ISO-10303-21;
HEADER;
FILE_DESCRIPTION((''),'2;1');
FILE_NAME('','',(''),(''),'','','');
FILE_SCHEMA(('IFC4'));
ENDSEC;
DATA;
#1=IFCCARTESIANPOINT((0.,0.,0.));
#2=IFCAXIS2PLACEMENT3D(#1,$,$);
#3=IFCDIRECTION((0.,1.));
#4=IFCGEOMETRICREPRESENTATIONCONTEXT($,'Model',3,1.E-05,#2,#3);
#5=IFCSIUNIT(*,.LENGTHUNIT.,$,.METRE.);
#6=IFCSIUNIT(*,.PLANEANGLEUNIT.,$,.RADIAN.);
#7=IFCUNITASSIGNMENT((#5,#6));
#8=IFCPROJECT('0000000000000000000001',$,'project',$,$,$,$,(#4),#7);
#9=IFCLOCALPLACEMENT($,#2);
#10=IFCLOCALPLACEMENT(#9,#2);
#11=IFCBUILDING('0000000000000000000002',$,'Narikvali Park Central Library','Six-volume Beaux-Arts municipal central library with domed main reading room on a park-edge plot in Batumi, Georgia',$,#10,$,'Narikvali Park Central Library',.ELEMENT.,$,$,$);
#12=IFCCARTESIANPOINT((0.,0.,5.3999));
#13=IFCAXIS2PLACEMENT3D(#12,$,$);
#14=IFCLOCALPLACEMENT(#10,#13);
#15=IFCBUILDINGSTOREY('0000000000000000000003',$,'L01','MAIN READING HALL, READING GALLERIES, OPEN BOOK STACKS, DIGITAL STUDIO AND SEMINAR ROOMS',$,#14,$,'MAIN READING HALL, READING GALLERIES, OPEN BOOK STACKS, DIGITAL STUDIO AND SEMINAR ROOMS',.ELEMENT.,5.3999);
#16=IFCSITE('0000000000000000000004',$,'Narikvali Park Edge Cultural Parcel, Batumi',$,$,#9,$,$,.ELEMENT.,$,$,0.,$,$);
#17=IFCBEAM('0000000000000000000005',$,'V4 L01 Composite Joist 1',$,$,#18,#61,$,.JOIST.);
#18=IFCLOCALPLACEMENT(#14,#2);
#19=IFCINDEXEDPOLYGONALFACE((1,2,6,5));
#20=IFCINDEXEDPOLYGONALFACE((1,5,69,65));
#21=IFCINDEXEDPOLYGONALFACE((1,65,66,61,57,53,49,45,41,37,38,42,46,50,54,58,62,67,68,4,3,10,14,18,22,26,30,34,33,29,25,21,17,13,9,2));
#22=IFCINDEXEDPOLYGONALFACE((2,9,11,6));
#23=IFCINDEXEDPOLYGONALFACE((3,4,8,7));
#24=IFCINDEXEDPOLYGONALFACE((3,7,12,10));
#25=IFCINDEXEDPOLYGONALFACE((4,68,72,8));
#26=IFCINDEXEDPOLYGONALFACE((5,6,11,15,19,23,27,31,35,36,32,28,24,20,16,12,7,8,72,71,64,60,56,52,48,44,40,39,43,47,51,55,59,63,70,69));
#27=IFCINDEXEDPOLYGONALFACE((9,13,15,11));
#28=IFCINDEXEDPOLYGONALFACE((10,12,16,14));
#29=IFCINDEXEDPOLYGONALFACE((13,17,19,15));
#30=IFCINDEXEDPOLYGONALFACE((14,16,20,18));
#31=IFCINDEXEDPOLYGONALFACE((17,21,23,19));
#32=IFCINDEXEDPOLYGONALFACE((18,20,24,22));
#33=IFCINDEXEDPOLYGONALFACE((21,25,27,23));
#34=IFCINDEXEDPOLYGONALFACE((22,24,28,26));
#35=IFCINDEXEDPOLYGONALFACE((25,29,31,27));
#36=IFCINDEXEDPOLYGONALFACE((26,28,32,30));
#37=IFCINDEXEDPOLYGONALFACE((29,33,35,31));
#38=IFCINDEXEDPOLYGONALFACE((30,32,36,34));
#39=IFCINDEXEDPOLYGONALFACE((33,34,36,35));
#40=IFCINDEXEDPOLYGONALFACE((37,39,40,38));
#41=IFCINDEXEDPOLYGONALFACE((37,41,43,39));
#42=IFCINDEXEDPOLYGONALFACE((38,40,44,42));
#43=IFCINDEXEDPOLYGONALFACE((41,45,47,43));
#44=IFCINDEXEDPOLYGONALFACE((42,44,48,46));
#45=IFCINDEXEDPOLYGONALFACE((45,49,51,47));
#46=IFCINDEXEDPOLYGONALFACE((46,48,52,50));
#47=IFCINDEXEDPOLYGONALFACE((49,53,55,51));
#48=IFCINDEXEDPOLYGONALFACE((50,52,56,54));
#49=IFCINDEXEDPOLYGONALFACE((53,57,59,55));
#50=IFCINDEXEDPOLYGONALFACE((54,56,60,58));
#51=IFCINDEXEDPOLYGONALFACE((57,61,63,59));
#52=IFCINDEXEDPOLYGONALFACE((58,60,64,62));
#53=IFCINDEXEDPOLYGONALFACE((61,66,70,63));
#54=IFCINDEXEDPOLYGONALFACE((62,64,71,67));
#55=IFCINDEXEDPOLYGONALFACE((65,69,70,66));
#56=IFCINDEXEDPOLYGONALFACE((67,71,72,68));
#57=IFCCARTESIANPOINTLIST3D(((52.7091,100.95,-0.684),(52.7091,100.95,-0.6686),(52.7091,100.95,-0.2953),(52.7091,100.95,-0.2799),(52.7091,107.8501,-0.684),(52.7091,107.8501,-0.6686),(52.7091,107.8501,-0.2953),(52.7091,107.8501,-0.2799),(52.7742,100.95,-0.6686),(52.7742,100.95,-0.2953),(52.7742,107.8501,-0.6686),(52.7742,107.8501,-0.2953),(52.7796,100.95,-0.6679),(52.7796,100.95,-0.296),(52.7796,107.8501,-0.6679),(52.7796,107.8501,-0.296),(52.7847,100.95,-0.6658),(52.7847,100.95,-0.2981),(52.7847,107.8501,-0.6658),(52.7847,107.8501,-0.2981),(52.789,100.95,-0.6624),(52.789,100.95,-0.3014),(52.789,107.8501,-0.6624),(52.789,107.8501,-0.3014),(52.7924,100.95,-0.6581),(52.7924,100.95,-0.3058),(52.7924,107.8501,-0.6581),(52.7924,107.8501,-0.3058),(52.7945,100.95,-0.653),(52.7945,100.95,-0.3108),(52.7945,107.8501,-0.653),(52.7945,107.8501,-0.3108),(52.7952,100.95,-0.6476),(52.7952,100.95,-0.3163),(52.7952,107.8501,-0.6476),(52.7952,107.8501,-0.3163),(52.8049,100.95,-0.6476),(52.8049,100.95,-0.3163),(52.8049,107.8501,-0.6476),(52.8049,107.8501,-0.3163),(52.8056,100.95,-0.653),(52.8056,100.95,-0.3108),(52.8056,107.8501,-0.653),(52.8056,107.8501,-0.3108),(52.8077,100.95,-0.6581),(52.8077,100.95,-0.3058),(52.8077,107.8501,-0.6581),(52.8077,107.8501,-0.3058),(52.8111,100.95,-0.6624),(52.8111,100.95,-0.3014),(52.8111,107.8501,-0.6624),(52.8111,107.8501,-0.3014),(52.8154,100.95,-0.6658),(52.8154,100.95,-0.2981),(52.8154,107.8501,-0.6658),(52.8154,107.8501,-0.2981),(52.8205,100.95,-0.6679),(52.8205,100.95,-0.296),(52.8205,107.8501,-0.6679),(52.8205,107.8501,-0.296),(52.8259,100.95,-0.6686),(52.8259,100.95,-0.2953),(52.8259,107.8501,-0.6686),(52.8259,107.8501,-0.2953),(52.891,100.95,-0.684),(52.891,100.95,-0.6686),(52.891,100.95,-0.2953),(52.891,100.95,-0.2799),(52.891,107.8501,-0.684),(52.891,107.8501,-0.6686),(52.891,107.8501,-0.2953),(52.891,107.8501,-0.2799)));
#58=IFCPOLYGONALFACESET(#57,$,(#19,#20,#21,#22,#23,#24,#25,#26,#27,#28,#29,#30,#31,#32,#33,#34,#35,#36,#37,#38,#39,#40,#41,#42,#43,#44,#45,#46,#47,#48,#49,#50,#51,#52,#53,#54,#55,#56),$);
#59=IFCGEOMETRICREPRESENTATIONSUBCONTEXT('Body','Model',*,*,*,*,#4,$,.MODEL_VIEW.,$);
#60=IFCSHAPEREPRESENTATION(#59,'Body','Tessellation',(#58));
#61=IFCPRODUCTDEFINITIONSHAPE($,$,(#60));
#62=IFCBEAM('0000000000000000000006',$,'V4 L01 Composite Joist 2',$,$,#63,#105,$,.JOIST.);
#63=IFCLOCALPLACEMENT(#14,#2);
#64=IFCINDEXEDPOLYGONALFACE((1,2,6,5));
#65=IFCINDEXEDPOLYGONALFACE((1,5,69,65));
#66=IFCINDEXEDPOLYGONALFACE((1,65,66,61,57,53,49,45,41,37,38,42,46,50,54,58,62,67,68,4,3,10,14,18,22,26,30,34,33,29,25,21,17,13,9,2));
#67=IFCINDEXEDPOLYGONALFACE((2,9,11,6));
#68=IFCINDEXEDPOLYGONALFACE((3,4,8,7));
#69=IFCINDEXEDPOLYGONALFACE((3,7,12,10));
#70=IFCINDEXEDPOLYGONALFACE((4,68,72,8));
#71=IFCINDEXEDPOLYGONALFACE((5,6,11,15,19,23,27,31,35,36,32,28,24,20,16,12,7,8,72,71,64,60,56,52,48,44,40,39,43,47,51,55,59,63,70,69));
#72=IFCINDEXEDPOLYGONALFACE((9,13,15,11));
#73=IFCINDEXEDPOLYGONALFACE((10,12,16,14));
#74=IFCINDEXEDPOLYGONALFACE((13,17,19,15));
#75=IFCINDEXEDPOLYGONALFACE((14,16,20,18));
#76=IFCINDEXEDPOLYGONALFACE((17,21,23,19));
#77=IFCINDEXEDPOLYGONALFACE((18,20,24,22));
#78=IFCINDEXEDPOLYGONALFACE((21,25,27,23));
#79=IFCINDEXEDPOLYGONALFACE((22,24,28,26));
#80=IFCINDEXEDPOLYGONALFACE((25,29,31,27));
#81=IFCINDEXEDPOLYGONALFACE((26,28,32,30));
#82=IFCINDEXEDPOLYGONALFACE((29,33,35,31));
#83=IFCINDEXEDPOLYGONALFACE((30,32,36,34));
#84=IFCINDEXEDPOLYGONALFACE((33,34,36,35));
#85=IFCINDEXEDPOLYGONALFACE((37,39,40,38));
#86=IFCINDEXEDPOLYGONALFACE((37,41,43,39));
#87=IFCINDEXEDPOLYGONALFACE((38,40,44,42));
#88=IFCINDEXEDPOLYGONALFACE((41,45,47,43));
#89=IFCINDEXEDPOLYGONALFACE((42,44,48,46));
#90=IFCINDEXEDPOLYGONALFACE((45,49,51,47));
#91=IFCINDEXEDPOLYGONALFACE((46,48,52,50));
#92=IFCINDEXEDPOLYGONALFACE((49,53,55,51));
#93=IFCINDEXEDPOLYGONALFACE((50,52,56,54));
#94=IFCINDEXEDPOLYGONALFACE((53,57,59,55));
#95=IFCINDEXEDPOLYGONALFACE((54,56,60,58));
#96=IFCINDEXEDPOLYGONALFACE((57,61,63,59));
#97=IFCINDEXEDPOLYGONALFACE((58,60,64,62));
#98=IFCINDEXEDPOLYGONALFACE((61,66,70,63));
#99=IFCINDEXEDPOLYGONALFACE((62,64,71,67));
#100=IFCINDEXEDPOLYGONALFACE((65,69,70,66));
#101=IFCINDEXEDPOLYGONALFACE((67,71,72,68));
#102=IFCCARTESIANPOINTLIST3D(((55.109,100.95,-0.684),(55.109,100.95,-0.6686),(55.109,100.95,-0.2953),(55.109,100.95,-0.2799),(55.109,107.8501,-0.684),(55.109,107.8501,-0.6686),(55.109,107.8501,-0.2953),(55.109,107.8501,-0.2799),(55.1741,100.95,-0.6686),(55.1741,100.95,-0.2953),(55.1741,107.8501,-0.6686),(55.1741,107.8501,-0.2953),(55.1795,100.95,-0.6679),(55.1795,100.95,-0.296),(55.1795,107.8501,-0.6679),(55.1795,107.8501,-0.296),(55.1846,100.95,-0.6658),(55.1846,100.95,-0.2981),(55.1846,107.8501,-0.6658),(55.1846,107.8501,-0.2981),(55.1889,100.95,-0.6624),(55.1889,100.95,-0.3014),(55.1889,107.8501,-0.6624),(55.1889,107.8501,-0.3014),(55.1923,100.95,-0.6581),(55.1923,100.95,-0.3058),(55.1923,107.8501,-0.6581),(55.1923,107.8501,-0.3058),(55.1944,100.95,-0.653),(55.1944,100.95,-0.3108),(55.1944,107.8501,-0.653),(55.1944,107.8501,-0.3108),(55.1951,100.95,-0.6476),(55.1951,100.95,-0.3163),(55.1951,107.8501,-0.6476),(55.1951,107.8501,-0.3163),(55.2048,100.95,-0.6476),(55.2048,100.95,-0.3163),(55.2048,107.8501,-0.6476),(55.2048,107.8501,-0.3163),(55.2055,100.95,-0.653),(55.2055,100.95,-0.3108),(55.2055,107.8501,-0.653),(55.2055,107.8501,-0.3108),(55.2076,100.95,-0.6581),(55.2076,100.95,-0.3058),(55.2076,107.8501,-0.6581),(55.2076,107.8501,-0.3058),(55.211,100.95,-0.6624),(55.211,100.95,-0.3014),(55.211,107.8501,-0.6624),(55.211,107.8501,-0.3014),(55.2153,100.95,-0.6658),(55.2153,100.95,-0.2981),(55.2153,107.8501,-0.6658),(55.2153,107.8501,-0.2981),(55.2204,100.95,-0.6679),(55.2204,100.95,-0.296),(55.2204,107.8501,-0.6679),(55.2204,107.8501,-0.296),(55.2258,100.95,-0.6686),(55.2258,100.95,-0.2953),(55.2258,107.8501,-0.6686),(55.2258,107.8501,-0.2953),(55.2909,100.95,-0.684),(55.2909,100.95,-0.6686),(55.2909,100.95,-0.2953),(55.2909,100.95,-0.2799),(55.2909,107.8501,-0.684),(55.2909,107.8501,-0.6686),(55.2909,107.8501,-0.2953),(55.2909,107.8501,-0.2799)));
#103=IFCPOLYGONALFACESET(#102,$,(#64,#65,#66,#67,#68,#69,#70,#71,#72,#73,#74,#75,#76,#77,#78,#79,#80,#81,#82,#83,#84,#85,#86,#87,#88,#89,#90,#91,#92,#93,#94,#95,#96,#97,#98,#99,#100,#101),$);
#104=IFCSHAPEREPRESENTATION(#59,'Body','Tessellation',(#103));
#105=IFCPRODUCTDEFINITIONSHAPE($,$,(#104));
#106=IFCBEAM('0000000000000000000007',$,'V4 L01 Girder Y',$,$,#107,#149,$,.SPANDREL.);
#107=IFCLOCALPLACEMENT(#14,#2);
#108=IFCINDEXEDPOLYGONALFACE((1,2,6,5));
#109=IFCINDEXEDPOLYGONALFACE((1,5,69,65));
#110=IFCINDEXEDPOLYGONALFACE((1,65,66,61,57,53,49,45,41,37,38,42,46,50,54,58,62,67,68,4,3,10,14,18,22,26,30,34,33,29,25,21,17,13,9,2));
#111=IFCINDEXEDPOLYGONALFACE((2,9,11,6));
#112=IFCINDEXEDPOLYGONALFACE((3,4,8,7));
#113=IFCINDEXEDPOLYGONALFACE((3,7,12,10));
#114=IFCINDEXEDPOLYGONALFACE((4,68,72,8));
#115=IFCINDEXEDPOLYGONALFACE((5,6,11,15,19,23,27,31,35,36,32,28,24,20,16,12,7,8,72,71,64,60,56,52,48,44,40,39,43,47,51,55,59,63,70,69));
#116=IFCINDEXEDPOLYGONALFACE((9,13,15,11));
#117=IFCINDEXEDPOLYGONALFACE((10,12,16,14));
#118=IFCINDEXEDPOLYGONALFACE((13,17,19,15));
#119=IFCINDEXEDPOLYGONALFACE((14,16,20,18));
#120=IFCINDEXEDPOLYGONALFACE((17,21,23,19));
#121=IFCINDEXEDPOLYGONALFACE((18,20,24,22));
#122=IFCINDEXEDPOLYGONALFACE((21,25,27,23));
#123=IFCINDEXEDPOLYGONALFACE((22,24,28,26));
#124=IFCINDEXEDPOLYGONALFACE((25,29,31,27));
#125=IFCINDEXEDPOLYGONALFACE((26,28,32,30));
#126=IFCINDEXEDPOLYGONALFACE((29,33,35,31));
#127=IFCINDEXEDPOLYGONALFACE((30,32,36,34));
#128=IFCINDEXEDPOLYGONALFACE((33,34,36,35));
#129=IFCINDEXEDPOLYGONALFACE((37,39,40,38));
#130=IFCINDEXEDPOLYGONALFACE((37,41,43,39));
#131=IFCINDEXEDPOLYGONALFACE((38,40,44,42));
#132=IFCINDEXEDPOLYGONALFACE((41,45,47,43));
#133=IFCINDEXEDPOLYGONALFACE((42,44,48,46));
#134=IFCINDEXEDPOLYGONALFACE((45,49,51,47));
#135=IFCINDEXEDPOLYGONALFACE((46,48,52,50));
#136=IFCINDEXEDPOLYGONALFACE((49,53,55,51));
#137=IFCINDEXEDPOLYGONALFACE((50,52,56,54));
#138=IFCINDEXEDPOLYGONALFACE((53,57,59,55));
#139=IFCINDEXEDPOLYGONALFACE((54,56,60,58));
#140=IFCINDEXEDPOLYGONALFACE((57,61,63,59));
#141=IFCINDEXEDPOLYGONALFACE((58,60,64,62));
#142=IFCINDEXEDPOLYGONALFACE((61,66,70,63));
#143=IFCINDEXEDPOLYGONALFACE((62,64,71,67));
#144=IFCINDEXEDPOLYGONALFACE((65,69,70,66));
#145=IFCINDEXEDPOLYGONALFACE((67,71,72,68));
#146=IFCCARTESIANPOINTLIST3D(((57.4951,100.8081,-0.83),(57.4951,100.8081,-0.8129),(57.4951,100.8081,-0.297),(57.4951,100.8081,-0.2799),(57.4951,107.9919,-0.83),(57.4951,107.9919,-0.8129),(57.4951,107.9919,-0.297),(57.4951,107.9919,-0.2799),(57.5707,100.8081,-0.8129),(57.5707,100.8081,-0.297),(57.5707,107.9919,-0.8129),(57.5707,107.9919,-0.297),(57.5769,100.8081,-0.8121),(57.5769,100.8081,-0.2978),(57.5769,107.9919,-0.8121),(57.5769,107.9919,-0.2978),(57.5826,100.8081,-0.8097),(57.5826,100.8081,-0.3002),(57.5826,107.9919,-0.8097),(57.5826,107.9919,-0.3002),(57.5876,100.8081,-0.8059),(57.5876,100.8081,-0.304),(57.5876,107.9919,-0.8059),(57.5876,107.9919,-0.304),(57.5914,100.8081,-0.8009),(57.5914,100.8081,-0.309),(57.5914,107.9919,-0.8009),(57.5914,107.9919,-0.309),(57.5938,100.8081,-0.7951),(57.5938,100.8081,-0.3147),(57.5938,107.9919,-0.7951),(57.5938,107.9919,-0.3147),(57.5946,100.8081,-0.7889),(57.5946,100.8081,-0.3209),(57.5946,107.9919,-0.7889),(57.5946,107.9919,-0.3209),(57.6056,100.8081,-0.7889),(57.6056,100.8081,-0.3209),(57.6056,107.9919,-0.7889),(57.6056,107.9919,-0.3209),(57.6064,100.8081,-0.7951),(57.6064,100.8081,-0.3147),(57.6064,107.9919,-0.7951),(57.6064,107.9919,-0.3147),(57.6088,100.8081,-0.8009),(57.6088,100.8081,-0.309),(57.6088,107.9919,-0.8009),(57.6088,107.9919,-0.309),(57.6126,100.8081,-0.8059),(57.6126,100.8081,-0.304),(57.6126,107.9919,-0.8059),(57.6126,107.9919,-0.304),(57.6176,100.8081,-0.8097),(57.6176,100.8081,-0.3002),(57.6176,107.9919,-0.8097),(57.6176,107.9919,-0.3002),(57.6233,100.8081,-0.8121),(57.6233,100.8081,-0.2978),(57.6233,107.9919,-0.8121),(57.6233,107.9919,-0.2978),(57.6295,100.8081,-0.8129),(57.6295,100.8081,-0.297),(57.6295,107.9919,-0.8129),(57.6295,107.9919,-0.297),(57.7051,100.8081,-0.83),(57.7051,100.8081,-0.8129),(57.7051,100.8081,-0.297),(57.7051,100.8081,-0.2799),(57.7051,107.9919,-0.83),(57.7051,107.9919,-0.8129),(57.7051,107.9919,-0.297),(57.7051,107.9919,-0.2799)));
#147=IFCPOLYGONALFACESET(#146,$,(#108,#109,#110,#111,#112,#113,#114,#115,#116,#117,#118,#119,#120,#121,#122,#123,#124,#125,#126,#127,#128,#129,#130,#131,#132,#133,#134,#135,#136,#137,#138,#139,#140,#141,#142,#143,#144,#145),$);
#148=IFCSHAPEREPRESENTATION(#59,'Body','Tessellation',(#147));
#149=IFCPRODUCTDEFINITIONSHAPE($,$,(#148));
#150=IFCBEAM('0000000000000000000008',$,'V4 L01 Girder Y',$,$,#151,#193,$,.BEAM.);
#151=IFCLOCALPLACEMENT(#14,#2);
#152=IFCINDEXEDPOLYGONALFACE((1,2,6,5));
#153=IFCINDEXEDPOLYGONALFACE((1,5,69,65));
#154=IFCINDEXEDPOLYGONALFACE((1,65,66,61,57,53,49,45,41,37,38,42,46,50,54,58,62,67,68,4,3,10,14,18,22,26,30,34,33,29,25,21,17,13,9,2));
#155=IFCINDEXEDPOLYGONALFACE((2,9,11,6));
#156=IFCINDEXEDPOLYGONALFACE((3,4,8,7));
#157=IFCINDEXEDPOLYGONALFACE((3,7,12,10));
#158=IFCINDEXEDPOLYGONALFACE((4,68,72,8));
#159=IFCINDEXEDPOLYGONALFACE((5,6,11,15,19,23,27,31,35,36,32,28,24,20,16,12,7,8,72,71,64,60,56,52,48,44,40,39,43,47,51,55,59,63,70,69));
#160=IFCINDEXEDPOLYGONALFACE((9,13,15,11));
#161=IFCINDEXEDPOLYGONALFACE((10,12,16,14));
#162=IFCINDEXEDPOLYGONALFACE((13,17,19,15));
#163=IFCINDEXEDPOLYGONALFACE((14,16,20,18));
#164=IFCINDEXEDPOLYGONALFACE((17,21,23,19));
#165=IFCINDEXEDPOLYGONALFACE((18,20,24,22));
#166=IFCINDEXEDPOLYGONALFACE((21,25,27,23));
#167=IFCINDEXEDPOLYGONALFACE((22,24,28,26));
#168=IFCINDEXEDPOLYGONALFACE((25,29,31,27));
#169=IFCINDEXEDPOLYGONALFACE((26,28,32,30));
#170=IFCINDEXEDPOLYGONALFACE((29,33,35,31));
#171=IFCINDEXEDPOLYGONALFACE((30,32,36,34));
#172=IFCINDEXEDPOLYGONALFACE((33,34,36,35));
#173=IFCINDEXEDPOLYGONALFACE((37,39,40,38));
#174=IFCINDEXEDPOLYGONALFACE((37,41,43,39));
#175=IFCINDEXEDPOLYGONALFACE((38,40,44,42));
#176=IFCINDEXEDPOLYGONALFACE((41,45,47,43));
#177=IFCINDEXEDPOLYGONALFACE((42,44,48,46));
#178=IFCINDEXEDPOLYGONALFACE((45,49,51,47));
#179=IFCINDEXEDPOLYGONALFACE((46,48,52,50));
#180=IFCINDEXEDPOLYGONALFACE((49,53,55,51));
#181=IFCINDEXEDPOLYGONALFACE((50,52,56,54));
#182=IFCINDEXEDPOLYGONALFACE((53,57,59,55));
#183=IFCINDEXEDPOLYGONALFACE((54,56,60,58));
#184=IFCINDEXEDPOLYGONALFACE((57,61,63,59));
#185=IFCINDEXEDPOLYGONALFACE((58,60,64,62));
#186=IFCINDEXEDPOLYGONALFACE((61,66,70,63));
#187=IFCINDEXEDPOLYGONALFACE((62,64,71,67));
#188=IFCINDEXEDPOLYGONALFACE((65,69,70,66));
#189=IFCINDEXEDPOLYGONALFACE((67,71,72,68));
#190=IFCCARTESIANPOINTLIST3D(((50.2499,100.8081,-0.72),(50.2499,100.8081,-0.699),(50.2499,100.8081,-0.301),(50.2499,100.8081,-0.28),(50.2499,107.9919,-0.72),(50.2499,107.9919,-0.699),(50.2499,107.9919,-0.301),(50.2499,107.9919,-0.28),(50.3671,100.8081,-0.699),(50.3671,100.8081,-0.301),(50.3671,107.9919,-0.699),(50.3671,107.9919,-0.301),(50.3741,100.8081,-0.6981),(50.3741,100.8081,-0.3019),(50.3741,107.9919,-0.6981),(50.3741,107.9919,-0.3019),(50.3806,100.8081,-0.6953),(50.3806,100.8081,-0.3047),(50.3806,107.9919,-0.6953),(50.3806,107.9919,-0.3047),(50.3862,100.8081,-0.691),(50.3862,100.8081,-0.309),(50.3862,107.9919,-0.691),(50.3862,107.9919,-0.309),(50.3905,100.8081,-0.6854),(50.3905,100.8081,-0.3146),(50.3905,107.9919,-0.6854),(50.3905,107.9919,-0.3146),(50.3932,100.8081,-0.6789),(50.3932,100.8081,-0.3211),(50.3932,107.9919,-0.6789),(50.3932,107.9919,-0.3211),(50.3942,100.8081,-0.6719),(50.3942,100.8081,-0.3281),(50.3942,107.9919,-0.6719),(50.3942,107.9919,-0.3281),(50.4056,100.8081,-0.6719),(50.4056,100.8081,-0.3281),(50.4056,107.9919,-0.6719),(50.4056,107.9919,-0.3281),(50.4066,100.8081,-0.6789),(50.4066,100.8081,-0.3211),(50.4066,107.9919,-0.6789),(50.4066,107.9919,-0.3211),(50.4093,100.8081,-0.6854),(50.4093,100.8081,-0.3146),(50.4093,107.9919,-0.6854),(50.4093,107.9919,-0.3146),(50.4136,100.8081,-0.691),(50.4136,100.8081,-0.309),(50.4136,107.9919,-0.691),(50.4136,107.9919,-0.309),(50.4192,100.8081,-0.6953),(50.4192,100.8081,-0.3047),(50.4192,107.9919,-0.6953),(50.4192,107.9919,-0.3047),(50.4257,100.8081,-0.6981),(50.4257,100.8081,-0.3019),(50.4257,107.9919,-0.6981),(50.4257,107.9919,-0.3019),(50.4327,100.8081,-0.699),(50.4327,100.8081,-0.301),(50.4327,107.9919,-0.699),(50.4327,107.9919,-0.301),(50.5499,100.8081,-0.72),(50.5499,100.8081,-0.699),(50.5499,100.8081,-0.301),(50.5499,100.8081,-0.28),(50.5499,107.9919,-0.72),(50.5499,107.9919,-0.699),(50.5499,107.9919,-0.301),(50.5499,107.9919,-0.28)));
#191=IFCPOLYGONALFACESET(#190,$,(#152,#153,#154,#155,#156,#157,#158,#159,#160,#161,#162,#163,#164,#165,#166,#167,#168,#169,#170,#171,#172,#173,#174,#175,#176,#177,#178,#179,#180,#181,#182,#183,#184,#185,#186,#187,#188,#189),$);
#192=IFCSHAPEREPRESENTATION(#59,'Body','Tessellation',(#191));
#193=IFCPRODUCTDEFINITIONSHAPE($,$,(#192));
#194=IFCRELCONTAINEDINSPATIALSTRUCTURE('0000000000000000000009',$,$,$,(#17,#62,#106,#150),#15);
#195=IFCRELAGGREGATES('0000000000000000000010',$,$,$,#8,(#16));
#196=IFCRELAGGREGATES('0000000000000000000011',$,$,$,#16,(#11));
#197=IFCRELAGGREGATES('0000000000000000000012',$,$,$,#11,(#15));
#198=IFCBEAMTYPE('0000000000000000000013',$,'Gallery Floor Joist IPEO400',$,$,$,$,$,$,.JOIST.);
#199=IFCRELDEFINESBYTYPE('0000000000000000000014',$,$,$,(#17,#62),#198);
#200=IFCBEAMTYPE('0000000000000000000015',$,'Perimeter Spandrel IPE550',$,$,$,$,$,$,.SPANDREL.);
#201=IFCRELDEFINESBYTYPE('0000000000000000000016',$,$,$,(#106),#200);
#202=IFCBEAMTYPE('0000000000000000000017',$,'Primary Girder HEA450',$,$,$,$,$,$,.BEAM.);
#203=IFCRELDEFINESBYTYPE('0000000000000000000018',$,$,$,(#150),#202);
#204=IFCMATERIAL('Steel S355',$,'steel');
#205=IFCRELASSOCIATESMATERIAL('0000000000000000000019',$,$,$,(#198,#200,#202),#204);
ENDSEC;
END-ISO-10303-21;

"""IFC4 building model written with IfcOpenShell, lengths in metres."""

from ifc_helpers import new_model, si_unit, direction, frame, origin, origin_2d, place, context, subcontext, project, spatial, i_section, extrude, material, material_profile, profile_set, type_object, element, save


model = new_model("IFC4")

# Units and contexts
model_context = context("Model", 3, precision=1e-05, world=origin(), true_north=direction((0.0, 1.0)))
body_context = subcontext(model_context, "Body", "Model", "MODEL_VIEW")
ifc_project = project(units=[si_unit("LENGTHUNIT", "METRE"), si_unit("PLANEANGLEUNIT", "RADIAN")], contexts=[model_context])

# Site, building, storey
site_placement = place(None, origin())
site = spatial("IfcSite", under=ifc_project, at=site_placement, Name="Narikvali Park Edge Cultural Parcel, Batumi", CompositionType="ELEMENT", RefElevation=0.0)
building_placement = place(site_placement, origin())
building = spatial("IfcBuilding", under=site, at=building_placement, Name="Narikvali Park Central Library", Description="Six-volume Beaux-Arts municipal central library with domed main reading room on a park-edge plot in Batumi, Georgia", LongName="Narikvali Park Central Library", CompositionType="ELEMENT")
storey_placement = place(building_placement, frame((0.0, 0.0, 5.3999)))
storey = spatial("IfcBuildingStorey", under=building, at=storey_placement, Name="L01", Description="MAIN READING HALL, READING GALLERIES, OPEN BOOK STACKS, DIGITAL STUDIO AND SEMINAR ROOMS", LongName="MAIN READING HALL, READING GALLERIES, OPEN BOOK STACKS, DIGITAL STUDIO AND SEMINAR ROOMS", CompositionType="ELEMENT", Elevation=5.3999)

# Shared definitions
ifc_material_1 = material(Name="Steel S355", Category="steel")

# Beams
ifc_material_profile_1 = material_profile(ifc_material_1, i_section(OverallWidth=0.1819, OverallDepth=0.4041, WebThickness=0.0098, FlangeThickness=0.0154, FilletRadius=0.021, at=origin_2d()), Name="IPEO 400")
ifc_profile_set_1 = profile_set([ifc_material_profile_1], Name="Steel S355")
beam_type_1 = type_object("IfcBeamType", Name="Gallery Floor Joist IPEO400", PredefinedType="JOIST", material=ifc_profile_set_1)
for number, where, z_axis, x_axis, name in (
    (1, (52.8, 100.95, -0.4819), (0.0, 1.0, 0.0), (-1.0, 0.0, 0.0), "V4 L01 Composite Joist 1"),
    (2, (55.2, 100.95, -0.4819), (0.0, 1.0, 0.0), (-1.0, 0.0, 0.0), "V4 L01 Composite Joist 2"),
):
    element("IfcBeam", number, at=place(storey_placement, frame(where, z_axis=z_axis, x_axis=x_axis)), inside=storey, type_object=beam_type_1, Name=name, PredefinedType="JOIST", context=body_context, shape_type="SweptSolid", body=[
        extrude(i_section(OverallWidth=0.1819, OverallDepth=0.4041, WebThickness=0.0098, FlangeThickness=0.0154, FilletRadius=0.021, at=origin_2d()), origin(), (0.0, 0.0, 1.0), 6.9001),
    ])
ifc_material_profile_2 = material_profile(ifc_material_1, i_section(OverallWidth=0.21, OverallDepth=0.55, WebThickness=0.011, FlangeThickness=0.0171, FilletRadius=0.0239, at=origin_2d()), Name="IPE 550")
ifc_profile_set_2 = profile_set([ifc_material_profile_2], Name="Steel S355")
beam_type_2 = type_object("IfcBeamType", Name="Perimeter Spandrel IPE550", PredefinedType="SPANDREL", material=ifc_profile_set_2)
beam_1_placement = place(storey_placement, frame((57.6001, 100.8081, -0.5549), z_axis=(0.0, 1.0, 0.0), x_axis=(-1.0, 0.0, 0.0)))
element("IfcBeam", 3, at=beam_1_placement, inside=storey, type_object=beam_type_2, Name="V4 L01 Girder Y", PredefinedType="SPANDREL", context=body_context, shape_type="SweptSolid", body=[
    extrude(i_section(OverallWidth=0.21, OverallDepth=0.55, WebThickness=0.011, FlangeThickness=0.0171, FilletRadius=0.0239, at=origin_2d()), origin(), (0.0, 0.0, 1.0), 7.1838),
])
ifc_material_profile_3 = material_profile(ifc_material_1, i_section(OverallWidth=0.3, OverallDepth=0.4399, WebThickness=0.0115, FlangeThickness=0.021, FilletRadius=0.0271, at=origin_2d()), Name="HEA 450")
ifc_profile_set_3 = profile_set([ifc_material_profile_3], Name="Steel S355")
beam_type_3 = type_object("IfcBeamType", Name="Primary Girder HEA450", PredefinedType="BEAM", material=ifc_profile_set_3)
beam_2_placement = place(storey_placement, frame((50.3999, 100.8081, -0.5), z_axis=(0.0, 1.0, 0.0), x_axis=(-1.0, 0.0, 0.0)))
element("IfcBeam", 4, at=beam_2_placement, inside=storey, type_object=beam_type_3, Name="V4 L01 Girder Y", PredefinedType="BEAM", context=body_context, shape_type="SweptSolid", body=[
    extrude(i_section(OverallWidth=0.3, OverallDepth=0.4399, WebThickness=0.0115, FlangeThickness=0.021, FilletRadius=0.0271, at=origin_2d()), origin(), (0.0, 0.0, 1.0), 7.1838),
])

save(model, "model.ifc")
